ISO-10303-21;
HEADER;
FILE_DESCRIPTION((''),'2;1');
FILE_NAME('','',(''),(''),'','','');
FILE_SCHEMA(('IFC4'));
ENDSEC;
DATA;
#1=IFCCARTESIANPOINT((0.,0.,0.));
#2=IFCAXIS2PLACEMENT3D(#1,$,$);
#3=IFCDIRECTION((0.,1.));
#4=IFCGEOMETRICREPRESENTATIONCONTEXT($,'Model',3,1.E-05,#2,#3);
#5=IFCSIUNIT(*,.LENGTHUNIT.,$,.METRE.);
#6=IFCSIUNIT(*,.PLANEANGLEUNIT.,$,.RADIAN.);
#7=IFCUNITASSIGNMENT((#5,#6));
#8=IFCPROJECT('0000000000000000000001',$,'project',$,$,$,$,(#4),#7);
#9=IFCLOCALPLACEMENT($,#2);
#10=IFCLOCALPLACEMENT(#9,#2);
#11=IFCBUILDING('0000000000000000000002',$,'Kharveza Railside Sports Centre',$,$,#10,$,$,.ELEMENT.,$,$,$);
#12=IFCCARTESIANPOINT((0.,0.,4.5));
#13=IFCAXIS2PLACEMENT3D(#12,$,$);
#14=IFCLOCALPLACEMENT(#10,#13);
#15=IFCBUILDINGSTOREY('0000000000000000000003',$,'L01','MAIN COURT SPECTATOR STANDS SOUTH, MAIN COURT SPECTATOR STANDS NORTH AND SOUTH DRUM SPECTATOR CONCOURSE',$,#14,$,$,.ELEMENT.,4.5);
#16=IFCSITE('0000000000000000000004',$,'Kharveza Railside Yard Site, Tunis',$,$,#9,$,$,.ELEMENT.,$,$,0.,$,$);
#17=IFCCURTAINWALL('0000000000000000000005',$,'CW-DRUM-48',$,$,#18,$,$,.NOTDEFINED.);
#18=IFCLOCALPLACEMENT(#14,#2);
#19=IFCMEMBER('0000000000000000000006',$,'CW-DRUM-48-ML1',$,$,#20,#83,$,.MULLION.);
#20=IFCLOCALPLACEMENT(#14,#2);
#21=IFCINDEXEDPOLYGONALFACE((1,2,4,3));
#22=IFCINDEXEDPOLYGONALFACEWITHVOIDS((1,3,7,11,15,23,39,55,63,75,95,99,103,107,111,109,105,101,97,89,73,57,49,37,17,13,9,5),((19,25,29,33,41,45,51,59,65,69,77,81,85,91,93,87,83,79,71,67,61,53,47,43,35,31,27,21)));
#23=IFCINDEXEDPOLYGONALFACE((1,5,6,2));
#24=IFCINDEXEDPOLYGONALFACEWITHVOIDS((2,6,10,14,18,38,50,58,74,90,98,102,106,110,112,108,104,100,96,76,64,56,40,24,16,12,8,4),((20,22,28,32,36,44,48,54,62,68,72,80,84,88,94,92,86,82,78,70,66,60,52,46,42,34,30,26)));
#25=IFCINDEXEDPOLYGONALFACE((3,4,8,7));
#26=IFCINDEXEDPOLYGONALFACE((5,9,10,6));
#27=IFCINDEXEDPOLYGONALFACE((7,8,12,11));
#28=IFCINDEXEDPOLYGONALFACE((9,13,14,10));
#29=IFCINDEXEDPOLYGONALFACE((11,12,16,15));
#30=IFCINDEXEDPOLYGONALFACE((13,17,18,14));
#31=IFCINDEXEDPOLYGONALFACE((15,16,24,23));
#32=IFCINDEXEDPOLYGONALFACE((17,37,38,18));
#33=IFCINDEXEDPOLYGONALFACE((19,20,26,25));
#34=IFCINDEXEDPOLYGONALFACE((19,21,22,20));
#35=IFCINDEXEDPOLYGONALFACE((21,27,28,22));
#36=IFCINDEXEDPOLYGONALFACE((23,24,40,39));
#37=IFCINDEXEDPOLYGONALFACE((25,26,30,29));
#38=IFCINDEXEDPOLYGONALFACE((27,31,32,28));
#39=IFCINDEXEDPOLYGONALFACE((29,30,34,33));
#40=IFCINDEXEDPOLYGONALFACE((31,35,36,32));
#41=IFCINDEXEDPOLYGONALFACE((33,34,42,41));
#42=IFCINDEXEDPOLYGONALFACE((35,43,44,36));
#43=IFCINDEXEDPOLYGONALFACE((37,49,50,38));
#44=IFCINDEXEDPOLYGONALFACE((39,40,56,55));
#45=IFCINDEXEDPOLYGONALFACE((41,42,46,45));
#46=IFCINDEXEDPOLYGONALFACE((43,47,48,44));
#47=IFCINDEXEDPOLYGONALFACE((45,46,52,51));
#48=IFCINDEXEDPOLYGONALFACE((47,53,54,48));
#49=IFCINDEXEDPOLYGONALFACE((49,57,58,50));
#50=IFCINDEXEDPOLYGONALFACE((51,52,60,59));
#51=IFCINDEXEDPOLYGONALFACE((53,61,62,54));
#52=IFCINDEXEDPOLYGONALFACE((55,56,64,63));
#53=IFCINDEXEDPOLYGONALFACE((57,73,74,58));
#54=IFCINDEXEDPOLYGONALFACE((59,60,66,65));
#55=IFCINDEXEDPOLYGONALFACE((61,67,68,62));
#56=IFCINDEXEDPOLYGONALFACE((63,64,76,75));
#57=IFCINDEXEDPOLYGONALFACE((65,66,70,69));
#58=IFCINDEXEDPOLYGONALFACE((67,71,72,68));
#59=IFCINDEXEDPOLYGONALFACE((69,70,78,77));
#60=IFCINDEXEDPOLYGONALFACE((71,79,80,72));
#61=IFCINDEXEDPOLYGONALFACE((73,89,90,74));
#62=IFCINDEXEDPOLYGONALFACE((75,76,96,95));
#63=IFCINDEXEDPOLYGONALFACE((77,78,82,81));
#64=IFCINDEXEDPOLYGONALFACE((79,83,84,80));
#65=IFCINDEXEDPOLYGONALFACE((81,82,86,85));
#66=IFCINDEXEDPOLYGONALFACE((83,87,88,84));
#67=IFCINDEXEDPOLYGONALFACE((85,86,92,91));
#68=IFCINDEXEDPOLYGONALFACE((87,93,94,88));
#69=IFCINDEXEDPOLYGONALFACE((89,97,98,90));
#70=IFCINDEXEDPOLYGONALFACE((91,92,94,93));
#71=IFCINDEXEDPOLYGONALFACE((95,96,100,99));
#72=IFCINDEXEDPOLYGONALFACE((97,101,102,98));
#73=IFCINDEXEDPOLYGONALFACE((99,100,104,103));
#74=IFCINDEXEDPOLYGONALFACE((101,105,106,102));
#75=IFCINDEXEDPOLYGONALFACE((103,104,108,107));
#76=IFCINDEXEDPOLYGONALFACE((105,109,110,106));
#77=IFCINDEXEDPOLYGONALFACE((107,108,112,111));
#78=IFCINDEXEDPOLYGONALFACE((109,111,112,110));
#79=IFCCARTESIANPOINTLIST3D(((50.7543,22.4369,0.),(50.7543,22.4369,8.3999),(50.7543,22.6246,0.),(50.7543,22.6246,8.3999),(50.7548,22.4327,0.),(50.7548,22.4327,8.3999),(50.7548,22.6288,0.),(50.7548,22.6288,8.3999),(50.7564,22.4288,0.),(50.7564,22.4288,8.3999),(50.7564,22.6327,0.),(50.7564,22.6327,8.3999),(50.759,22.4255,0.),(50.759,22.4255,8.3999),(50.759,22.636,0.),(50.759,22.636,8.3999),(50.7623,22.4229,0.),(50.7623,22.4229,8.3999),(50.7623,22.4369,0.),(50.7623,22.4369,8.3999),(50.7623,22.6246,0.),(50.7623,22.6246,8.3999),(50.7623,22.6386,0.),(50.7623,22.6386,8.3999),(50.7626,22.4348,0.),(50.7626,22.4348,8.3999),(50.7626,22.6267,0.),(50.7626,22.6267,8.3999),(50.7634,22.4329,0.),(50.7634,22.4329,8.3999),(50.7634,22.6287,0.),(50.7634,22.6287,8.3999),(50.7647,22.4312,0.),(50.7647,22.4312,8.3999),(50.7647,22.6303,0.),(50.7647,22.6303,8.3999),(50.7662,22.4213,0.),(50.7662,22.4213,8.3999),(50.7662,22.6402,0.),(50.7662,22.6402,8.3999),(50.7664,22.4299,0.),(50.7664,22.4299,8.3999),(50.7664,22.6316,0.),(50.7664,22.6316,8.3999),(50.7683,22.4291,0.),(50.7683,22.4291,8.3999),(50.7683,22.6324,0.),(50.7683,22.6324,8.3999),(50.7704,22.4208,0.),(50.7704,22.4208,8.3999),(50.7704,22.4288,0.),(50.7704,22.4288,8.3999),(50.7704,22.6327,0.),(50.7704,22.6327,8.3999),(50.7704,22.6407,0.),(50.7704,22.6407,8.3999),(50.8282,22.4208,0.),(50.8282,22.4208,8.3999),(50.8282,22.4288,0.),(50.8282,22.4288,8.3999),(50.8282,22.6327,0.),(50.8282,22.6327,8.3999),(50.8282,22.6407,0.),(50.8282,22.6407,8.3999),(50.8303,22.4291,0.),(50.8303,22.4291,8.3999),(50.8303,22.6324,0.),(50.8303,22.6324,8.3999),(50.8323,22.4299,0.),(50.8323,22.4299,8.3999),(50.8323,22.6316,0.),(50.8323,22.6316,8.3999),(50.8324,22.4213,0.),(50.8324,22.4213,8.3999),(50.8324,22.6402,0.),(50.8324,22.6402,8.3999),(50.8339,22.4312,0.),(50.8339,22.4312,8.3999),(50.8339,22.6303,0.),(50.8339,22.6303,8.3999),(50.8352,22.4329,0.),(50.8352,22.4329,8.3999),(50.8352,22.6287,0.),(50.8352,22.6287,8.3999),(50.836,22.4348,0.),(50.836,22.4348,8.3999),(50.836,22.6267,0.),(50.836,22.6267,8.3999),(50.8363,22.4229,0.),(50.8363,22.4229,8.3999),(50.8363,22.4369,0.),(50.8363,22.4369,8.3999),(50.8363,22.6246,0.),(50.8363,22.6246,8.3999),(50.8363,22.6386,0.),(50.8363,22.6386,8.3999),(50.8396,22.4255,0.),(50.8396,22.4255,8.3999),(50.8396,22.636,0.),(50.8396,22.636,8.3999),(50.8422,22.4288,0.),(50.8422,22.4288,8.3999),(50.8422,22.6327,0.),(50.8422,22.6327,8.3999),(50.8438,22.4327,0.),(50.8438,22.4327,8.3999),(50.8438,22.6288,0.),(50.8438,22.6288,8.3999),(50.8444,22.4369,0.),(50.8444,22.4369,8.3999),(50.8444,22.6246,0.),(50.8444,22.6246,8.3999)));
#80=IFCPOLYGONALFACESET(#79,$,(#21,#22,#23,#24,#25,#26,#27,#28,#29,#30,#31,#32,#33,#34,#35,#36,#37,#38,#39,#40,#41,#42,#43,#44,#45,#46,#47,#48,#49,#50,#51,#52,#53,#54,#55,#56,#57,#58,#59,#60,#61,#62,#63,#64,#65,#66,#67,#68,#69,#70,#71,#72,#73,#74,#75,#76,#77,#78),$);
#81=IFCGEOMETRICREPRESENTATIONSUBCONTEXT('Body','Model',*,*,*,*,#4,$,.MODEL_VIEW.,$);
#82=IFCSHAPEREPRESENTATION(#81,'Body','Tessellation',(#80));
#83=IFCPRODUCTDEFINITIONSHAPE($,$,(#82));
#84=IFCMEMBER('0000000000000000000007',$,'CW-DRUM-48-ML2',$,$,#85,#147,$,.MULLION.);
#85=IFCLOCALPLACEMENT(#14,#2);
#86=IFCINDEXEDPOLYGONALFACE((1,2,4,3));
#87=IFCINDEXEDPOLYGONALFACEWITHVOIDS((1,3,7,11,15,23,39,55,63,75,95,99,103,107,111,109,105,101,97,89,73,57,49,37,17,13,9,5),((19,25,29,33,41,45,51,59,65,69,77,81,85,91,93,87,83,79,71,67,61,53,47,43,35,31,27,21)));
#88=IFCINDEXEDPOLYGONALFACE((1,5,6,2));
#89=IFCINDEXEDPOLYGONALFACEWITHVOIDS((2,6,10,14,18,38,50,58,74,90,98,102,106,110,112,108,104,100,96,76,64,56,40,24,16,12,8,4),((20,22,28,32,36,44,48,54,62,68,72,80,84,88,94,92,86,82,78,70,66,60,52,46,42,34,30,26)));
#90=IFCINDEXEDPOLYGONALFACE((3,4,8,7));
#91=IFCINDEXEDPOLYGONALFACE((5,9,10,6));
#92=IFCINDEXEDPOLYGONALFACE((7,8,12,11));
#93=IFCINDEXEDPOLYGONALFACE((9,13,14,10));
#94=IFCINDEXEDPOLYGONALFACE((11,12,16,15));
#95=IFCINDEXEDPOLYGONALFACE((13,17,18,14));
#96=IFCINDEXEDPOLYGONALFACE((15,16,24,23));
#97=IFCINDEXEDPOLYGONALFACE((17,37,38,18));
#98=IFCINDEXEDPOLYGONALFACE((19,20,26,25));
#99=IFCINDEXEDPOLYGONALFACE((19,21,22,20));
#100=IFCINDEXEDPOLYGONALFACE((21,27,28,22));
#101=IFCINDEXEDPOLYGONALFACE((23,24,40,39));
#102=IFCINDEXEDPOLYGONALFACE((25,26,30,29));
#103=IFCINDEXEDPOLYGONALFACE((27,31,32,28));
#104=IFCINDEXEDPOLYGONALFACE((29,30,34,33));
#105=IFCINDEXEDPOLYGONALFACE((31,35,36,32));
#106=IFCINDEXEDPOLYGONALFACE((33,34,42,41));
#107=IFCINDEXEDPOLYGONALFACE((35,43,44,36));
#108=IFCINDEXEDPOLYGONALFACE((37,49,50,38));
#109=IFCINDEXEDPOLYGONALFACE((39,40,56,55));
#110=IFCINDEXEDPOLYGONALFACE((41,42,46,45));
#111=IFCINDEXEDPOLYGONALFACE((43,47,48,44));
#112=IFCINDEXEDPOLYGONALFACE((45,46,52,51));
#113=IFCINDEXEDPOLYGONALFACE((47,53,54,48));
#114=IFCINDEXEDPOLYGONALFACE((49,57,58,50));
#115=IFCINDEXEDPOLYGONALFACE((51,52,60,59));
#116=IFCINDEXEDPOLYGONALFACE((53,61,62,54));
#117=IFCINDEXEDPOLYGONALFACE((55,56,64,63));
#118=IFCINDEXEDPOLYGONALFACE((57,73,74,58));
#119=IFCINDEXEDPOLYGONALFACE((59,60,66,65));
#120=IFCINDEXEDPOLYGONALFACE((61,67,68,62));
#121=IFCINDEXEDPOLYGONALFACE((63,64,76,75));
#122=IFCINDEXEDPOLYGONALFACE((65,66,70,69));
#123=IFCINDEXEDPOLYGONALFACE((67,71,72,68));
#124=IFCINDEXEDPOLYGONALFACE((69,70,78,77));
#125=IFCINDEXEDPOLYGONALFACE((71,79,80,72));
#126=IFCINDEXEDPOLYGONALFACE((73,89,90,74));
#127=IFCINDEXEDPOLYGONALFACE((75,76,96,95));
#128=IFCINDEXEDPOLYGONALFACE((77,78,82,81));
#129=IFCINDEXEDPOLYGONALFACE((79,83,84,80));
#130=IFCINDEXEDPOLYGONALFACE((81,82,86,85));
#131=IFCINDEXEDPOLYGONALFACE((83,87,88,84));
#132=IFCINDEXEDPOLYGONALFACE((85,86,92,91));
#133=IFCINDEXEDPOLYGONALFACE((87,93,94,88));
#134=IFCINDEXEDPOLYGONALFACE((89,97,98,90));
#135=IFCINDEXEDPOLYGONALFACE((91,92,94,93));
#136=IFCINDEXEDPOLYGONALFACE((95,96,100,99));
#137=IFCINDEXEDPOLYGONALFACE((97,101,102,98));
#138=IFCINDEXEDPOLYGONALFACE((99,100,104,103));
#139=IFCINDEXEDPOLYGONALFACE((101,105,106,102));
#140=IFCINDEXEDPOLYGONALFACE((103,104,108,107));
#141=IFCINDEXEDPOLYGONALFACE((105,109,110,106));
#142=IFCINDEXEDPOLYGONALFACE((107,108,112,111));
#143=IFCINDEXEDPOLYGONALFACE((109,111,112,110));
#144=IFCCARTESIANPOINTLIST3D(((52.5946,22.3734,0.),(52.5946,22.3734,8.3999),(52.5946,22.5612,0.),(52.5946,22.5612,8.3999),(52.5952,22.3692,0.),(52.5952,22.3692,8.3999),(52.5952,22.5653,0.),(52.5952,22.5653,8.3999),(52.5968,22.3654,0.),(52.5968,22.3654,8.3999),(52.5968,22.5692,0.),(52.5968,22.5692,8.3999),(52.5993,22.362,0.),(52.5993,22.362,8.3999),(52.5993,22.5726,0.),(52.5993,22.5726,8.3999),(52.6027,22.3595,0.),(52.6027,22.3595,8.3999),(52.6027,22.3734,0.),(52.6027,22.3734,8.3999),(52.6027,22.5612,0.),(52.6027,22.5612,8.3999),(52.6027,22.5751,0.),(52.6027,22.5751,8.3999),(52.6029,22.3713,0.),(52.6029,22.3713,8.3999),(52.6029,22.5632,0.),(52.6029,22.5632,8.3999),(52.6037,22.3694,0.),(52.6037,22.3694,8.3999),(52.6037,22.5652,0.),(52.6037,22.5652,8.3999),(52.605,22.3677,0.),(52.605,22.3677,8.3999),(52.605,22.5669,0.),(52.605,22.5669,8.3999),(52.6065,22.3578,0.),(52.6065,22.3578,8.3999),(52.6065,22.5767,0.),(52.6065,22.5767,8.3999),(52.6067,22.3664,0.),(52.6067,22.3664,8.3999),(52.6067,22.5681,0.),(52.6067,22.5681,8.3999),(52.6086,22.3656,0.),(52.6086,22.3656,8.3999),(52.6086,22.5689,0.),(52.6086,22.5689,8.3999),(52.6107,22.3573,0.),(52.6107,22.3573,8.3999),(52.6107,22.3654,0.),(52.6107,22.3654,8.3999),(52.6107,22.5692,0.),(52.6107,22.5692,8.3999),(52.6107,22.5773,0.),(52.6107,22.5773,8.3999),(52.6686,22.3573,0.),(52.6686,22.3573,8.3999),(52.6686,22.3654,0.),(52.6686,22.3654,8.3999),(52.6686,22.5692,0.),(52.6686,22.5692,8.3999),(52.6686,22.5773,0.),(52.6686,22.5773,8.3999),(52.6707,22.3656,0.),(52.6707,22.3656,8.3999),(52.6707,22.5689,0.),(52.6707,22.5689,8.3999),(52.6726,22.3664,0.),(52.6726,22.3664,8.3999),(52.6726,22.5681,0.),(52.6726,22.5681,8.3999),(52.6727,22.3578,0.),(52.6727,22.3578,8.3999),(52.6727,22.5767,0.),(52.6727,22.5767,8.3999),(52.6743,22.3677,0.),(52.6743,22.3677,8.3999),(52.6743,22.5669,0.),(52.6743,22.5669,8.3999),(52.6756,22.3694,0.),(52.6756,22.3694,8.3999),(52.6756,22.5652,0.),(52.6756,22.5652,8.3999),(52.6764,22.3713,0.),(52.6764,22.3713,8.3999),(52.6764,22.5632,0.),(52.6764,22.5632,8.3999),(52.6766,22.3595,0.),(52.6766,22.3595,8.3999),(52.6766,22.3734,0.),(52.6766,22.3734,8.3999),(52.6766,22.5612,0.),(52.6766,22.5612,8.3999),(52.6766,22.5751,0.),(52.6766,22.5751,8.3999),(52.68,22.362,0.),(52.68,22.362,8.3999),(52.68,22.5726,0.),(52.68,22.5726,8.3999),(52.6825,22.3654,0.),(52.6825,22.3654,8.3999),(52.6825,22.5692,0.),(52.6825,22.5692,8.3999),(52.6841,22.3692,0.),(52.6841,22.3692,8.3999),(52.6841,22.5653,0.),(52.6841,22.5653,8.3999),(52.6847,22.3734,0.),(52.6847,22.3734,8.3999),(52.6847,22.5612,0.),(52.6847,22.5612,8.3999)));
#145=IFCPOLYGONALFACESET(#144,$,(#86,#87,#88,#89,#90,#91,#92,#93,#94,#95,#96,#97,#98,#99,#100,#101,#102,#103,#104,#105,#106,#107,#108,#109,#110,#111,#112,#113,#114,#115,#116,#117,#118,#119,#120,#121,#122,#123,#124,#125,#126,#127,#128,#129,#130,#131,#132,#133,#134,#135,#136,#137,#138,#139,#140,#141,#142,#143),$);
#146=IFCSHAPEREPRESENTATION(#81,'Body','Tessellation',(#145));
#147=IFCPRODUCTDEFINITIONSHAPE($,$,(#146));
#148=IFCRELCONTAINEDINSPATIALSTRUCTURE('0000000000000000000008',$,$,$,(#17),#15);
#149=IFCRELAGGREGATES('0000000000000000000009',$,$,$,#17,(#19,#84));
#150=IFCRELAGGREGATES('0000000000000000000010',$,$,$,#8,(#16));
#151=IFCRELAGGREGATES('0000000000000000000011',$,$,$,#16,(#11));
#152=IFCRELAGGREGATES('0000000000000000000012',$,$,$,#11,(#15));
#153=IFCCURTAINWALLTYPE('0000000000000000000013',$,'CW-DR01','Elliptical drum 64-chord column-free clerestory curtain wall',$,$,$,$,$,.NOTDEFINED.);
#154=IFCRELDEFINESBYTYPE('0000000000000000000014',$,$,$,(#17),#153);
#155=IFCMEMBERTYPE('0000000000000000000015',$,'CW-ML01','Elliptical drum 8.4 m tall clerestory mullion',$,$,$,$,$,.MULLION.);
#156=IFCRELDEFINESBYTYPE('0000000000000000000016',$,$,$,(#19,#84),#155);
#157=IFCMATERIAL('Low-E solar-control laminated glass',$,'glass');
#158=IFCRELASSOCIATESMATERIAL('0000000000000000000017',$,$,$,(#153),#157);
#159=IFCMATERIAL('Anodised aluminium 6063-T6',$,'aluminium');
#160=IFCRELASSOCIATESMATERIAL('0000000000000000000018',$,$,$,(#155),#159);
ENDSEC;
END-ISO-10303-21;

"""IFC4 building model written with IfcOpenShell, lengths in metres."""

from ifc_helpers import new_model, si_unit, direction, frame, origin, origin_2d, place, context, subcontext, project, spatial, hollow_rectangle, extrude, material, material_profile, profile_set, type_object, element, aggregate, save


model = new_model("IFC4")

# Units and contexts
model_context = context("Model", 3, precision=1e-05, world=origin(), true_north=direction((0.0, 1.0)))
body_context = subcontext(model_context, "Body", "Model", "MODEL_VIEW")
ifc_project = project(units=[si_unit("LENGTHUNIT", "METRE"), si_unit("PLANEANGLEUNIT", "RADIAN")], contexts=[model_context])

# Site, building, storey
site_placement = place(None, origin())
site = spatial("IfcSite", under=ifc_project, at=site_placement, Name="Kharveza Railside Yard Site, Tunis", CompositionType="ELEMENT", RefElevation=0.0)
building_placement = place(site_placement, origin())
building = spatial("IfcBuilding", under=site, at=building_placement, Name="Kharveza Railside Sports Centre", CompositionType="ELEMENT")
storey_placement = place(building_placement, frame((0.0, 0.0, 4.5)))
storey = spatial("IfcBuildingStorey", under=building, at=storey_placement, Name="L01", Description="MAIN COURT SPECTATOR STANDS SOUTH, MAIN COURT SPECTATOR STANDS NORTH AND SOUTH DRUM SPECTATOR CONCOURSE", CompositionType="ELEMENT", Elevation=4.5)

# Shared definitions
ifc_material_1 = material(Name="Low-E solar-control laminated glass", Category="glass")
curtain_wall_type = type_object("IfcCurtainWallType", Name="CW-DR01", Description="Elliptical drum 64-chord column-free clerestory curtain wall", PredefinedType="NOTDEFINED", material=ifc_material_1)
ifc_material_2 = material(Name="Anodised aluminium 6063-T6", Category="aluminium")
ifc_material_profile_1 = material_profile(ifc_material_2, hollow_rectangle(XDim=0.0901, YDim=0.22, WallThickness=0.0081, InnerFilletRadius=0.0081, OuterFilletRadius=0.0161, at=origin_2d()), Name="RHS 90x220x8.0")
ifc_profile_set_1 = profile_set([ifc_material_profile_1], Name="Anodised aluminium 6063-T6")
member_type_1 = type_object("IfcMemberType", Name="CW-ML01", Description="Elliptical drum 8.4 m tall clerestory mullion", PredefinedType="MULLION", material=ifc_profile_set_1)

# Curtain wall, members
curtain_wall_1_placement = place(storey_placement, origin())
curtain_wall_1 = element("IfcCurtainWall", 1, at=curtain_wall_1_placement, inside=storey, type_object=curtain_wall_type, Name="CW-DRUM-48", PredefinedType="NOTDEFINED")
member_1_placement = place(storey_placement, frame((50.7993, 22.5308, 0.0), z_axis=(0.0, 0.0, 1.0), x_axis=(1.0, 0.0, 0.0)))
member_1 = element("IfcMember", 2, at=member_1_placement, type_object=member_type_1, Name="CW-DRUM-48-ML1", PredefinedType="MULLION", context=body_context, shape_type="SweptSolid", body=[
    extrude(hollow_rectangle(XDim=0.0901, YDim=0.22, WallThickness=0.0081, InnerFilletRadius=0.0081, OuterFilletRadius=0.0161, at=origin_2d()), origin(), (0.0, 0.0, 1.0), 8.3999),
])
member_2_placement = place(storey_placement, frame((52.6396, 22.4673, 0.0), z_axis=(0.0, 0.0, 1.0), x_axis=(1.0, 0.0, 0.0)))
member_2 = element("IfcMember", 3, at=member_2_placement, type_object=member_type_1, Name="CW-DRUM-48-ML2", PredefinedType="MULLION", context=body_context, shape_type="SweptSolid", body=[
    extrude(hollow_rectangle(XDim=0.0901, YDim=0.22, WallThickness=0.0081, InnerFilletRadius=0.0081, OuterFilletRadius=0.0161, at=origin_2d()), origin(), (0.0, 0.0, 1.0), 8.3999),
])

aggregate(curtain_wall_1, [member_1, member_2])

save(model, "model.ifc")
